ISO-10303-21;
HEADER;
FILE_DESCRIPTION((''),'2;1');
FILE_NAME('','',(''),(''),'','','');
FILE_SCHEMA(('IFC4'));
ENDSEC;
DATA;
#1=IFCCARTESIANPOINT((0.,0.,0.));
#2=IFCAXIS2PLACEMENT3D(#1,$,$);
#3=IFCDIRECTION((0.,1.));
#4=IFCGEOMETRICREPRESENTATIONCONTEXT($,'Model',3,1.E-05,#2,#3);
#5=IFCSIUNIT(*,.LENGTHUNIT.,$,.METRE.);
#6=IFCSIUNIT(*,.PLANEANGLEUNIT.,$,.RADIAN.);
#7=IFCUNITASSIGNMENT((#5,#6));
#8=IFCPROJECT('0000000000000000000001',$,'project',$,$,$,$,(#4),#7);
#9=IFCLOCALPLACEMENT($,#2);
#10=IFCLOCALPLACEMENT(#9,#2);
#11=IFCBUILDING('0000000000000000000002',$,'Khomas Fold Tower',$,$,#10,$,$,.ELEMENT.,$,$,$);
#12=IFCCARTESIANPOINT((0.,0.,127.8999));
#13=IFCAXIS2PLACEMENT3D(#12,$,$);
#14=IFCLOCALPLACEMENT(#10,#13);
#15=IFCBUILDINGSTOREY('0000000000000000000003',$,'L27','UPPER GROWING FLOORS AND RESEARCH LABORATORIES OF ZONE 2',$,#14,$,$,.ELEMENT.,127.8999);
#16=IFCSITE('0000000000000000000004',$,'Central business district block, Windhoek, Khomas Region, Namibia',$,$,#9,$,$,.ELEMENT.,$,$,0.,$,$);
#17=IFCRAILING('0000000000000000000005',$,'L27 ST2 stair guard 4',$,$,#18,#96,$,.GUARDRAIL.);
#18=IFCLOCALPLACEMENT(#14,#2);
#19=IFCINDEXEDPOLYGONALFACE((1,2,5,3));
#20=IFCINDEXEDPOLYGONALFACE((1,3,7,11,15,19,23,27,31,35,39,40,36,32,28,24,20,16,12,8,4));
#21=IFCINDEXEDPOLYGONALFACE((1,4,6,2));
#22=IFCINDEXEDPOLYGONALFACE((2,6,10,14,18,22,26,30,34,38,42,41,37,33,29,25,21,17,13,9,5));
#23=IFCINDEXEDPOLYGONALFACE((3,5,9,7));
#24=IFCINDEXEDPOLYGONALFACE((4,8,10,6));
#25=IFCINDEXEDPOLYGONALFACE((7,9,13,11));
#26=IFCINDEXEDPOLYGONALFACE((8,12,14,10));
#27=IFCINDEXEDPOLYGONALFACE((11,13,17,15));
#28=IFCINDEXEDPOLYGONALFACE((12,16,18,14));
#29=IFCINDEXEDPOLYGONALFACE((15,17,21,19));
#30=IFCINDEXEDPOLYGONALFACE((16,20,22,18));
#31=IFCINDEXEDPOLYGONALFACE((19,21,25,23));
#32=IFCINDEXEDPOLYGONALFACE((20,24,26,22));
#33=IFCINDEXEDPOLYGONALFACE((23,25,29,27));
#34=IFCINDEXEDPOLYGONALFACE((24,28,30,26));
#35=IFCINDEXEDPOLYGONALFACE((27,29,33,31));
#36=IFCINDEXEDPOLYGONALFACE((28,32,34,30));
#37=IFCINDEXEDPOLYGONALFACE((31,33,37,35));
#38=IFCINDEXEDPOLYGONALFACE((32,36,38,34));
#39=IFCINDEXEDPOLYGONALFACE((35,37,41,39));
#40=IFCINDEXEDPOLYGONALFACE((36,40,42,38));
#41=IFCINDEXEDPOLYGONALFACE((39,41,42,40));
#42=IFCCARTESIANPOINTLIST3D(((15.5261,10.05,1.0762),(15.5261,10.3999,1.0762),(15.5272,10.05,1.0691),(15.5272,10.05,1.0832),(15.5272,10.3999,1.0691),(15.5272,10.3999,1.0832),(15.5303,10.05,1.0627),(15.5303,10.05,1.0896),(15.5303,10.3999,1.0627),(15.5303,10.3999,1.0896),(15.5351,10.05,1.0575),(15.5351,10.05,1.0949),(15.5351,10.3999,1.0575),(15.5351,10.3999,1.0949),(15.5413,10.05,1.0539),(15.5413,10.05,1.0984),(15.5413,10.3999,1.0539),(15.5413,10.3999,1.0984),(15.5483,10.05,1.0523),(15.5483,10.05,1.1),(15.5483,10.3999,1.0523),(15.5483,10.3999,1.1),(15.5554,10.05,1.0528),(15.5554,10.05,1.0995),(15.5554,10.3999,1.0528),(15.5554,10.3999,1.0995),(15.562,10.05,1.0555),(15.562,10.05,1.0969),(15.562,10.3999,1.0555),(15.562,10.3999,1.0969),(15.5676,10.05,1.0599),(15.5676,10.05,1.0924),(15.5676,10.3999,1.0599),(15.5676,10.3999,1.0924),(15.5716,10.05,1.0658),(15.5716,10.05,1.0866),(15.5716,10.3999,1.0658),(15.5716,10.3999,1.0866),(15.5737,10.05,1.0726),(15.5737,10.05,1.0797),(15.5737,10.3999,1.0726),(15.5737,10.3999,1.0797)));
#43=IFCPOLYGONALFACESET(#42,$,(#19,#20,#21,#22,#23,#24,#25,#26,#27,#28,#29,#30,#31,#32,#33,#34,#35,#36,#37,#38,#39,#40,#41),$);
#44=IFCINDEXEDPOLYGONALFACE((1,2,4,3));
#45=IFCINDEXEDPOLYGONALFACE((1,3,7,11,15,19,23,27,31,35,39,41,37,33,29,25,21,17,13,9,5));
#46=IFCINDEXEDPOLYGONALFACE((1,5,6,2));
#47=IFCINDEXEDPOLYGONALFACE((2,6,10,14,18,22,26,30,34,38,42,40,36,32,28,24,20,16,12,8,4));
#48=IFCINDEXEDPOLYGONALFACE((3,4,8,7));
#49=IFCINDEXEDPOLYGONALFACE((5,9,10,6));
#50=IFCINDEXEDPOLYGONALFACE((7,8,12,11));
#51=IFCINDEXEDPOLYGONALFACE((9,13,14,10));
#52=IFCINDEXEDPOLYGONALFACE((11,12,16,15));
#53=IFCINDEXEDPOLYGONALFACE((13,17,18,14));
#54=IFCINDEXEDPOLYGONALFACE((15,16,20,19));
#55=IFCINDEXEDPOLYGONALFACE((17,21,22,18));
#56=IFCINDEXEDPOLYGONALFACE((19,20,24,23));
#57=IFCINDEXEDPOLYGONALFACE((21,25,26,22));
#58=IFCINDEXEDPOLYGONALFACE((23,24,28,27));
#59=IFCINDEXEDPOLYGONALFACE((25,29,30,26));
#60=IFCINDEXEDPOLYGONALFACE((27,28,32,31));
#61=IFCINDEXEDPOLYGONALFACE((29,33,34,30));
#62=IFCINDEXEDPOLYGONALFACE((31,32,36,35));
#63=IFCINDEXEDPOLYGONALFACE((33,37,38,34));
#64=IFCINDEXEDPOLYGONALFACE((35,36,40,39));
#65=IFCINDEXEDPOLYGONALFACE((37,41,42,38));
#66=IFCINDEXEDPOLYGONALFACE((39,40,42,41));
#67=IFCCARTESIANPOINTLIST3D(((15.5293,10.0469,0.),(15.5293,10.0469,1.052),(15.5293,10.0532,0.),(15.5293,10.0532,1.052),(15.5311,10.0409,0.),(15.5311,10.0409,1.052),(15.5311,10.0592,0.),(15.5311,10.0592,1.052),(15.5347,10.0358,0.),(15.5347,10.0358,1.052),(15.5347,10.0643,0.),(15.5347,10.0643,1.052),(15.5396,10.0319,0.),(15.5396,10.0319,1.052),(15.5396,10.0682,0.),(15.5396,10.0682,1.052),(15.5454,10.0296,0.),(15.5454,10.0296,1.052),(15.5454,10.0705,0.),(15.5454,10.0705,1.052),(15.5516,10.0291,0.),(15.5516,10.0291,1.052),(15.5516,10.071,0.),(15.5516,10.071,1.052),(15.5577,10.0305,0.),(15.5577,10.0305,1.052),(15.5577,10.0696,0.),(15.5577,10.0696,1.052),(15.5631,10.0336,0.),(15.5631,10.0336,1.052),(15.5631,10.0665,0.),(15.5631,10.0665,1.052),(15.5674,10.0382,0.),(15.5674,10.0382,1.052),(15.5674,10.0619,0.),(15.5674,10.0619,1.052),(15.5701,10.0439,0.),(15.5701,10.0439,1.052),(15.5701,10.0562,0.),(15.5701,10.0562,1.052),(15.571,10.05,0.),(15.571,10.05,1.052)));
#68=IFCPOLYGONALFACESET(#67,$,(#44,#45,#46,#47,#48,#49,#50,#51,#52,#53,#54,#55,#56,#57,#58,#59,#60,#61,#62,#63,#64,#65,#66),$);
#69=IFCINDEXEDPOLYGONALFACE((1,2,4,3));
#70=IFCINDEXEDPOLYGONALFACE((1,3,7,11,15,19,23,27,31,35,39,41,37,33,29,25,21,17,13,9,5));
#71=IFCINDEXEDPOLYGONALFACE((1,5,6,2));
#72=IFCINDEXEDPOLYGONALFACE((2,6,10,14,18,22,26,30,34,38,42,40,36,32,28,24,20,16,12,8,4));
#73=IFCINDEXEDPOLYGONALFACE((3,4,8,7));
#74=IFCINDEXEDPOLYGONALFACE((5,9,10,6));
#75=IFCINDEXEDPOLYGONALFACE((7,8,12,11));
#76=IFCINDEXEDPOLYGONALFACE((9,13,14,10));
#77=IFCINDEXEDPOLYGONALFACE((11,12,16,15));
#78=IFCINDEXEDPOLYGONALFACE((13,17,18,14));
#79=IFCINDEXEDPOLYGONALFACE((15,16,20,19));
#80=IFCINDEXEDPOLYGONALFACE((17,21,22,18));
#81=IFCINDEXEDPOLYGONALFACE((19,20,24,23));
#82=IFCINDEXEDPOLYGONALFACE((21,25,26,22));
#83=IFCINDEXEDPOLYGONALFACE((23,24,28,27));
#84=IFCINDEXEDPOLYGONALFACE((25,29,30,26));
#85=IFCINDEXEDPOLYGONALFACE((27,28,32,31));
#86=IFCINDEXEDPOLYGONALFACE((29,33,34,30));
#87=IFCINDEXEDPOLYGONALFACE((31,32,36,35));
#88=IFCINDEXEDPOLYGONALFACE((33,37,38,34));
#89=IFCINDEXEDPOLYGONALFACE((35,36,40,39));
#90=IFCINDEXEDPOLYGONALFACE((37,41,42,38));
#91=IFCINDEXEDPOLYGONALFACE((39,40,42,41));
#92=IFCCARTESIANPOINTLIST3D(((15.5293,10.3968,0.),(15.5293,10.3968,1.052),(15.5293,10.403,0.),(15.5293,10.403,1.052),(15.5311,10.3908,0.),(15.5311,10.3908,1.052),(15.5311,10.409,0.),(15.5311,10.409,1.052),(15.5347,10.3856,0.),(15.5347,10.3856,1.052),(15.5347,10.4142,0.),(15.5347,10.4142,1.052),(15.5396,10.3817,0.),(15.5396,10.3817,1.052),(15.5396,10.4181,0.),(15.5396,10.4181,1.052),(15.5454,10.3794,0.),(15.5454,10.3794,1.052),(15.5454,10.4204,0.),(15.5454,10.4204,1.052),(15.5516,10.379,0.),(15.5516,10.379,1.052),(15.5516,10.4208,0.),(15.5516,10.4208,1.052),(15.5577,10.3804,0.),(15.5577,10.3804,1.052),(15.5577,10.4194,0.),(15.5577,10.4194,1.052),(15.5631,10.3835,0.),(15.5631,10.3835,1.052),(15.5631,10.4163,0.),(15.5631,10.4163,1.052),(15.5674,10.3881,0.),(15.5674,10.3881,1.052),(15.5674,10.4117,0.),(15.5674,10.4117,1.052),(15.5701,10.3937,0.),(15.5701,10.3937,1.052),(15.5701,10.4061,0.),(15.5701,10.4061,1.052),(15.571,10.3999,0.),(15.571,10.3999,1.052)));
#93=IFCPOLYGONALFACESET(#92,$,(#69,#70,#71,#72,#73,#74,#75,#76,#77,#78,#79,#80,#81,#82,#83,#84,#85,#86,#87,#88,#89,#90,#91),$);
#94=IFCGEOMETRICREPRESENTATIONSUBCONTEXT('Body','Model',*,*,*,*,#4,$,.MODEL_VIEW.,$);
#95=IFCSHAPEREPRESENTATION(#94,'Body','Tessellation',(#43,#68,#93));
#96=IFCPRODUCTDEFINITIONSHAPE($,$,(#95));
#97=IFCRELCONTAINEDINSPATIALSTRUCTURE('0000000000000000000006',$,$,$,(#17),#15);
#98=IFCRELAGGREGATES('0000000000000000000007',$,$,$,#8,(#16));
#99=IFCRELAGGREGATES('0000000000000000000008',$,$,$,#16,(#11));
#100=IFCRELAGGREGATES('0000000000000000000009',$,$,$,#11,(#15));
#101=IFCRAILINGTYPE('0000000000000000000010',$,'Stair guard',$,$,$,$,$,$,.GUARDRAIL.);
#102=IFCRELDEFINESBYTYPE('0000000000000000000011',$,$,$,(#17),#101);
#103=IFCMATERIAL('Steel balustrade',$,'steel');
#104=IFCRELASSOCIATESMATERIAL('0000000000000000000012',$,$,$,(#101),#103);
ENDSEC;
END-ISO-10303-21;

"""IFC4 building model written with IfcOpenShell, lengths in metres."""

from ifc_helpers import new_model, si_unit, direction, frame, origin, origin_2d, place, context, subcontext, project, spatial, circle, extrude, source, transform, mapped, material, type_object, element, save


model = new_model("IFC4")

# Units and contexts
model_context = context("Model", 3, precision=1e-05, world=origin(), true_north=direction((0.0, 1.0)))
body_context = subcontext(model_context, "Body", "Model", "MODEL_VIEW")
ifc_project = project(units=[si_unit("LENGTHUNIT", "METRE"), si_unit("PLANEANGLEUNIT", "RADIAN")], contexts=[model_context])

# Site, building, storey
site_placement = place(None, origin())
site = spatial("IfcSite", under=ifc_project, at=site_placement, Name="Central business district block, Windhoek, Khomas Region, Namibia", CompositionType="ELEMENT", RefElevation=0.0)
building_placement = place(site_placement, origin())
building = spatial("IfcBuilding", under=site, at=building_placement, Name="Khomas Fold Tower", CompositionType="ELEMENT")
storey_placement = place(building_placement, frame((0.0, 0.0, 127.8999)))
storey = spatial("IfcBuildingStorey", under=building, at=storey_placement, Name="L27", Description="UPPER GROWING FLOORS AND RESEARCH LABORATORIES OF ZONE 2", CompositionType="ELEMENT", Elevation=127.8999)

# Railing
ifc_material_1 = material(Name="Steel balustrade", Category="steel")
railing_type_1 = type_object("IfcRailingType", Name="Stair guard", PredefinedType="GUARDRAIL", material=ifc_material_1)
shared_shape_1 = source(origin(), body_context, "Body", "SweptSolid", [
    extrude(circle(Radius=0.0239, at=origin_2d()), frame((0.0, 0.0, 1.0762), z_axis=(0.0, 1.0, 0.0), x_axis=(-1.0, 0.0, 0.0)), (0.0, 0.0, 1.0), 0.3499),
    extrude(circle(Radius=0.021, at=origin_2d()), origin(), (0.0, 0.0, 1.0), 1.052),
    extrude(circle(Radius=0.021, at=origin_2d()), frame((0.0, 0.3499, 0.0)), (0.0, 0.0, 1.0), 1.052),
])
for number, where, name in (
    (1, (15.55, 10.05, 0.0), "L27 ST2 stair guard 4"),
):
    element("IfcRailing", number, at=place(storey_placement, frame(where)), inside=storey, type_object=railing_type_1, Name=name, PredefinedType="GUARDRAIL", context=body_context, shape_type="MappedRepresentation", body=[
        mapped(shared_shape_1, transform((0.0, 0.0, 0.0))),
    ])

save(model, "model.ifc")
